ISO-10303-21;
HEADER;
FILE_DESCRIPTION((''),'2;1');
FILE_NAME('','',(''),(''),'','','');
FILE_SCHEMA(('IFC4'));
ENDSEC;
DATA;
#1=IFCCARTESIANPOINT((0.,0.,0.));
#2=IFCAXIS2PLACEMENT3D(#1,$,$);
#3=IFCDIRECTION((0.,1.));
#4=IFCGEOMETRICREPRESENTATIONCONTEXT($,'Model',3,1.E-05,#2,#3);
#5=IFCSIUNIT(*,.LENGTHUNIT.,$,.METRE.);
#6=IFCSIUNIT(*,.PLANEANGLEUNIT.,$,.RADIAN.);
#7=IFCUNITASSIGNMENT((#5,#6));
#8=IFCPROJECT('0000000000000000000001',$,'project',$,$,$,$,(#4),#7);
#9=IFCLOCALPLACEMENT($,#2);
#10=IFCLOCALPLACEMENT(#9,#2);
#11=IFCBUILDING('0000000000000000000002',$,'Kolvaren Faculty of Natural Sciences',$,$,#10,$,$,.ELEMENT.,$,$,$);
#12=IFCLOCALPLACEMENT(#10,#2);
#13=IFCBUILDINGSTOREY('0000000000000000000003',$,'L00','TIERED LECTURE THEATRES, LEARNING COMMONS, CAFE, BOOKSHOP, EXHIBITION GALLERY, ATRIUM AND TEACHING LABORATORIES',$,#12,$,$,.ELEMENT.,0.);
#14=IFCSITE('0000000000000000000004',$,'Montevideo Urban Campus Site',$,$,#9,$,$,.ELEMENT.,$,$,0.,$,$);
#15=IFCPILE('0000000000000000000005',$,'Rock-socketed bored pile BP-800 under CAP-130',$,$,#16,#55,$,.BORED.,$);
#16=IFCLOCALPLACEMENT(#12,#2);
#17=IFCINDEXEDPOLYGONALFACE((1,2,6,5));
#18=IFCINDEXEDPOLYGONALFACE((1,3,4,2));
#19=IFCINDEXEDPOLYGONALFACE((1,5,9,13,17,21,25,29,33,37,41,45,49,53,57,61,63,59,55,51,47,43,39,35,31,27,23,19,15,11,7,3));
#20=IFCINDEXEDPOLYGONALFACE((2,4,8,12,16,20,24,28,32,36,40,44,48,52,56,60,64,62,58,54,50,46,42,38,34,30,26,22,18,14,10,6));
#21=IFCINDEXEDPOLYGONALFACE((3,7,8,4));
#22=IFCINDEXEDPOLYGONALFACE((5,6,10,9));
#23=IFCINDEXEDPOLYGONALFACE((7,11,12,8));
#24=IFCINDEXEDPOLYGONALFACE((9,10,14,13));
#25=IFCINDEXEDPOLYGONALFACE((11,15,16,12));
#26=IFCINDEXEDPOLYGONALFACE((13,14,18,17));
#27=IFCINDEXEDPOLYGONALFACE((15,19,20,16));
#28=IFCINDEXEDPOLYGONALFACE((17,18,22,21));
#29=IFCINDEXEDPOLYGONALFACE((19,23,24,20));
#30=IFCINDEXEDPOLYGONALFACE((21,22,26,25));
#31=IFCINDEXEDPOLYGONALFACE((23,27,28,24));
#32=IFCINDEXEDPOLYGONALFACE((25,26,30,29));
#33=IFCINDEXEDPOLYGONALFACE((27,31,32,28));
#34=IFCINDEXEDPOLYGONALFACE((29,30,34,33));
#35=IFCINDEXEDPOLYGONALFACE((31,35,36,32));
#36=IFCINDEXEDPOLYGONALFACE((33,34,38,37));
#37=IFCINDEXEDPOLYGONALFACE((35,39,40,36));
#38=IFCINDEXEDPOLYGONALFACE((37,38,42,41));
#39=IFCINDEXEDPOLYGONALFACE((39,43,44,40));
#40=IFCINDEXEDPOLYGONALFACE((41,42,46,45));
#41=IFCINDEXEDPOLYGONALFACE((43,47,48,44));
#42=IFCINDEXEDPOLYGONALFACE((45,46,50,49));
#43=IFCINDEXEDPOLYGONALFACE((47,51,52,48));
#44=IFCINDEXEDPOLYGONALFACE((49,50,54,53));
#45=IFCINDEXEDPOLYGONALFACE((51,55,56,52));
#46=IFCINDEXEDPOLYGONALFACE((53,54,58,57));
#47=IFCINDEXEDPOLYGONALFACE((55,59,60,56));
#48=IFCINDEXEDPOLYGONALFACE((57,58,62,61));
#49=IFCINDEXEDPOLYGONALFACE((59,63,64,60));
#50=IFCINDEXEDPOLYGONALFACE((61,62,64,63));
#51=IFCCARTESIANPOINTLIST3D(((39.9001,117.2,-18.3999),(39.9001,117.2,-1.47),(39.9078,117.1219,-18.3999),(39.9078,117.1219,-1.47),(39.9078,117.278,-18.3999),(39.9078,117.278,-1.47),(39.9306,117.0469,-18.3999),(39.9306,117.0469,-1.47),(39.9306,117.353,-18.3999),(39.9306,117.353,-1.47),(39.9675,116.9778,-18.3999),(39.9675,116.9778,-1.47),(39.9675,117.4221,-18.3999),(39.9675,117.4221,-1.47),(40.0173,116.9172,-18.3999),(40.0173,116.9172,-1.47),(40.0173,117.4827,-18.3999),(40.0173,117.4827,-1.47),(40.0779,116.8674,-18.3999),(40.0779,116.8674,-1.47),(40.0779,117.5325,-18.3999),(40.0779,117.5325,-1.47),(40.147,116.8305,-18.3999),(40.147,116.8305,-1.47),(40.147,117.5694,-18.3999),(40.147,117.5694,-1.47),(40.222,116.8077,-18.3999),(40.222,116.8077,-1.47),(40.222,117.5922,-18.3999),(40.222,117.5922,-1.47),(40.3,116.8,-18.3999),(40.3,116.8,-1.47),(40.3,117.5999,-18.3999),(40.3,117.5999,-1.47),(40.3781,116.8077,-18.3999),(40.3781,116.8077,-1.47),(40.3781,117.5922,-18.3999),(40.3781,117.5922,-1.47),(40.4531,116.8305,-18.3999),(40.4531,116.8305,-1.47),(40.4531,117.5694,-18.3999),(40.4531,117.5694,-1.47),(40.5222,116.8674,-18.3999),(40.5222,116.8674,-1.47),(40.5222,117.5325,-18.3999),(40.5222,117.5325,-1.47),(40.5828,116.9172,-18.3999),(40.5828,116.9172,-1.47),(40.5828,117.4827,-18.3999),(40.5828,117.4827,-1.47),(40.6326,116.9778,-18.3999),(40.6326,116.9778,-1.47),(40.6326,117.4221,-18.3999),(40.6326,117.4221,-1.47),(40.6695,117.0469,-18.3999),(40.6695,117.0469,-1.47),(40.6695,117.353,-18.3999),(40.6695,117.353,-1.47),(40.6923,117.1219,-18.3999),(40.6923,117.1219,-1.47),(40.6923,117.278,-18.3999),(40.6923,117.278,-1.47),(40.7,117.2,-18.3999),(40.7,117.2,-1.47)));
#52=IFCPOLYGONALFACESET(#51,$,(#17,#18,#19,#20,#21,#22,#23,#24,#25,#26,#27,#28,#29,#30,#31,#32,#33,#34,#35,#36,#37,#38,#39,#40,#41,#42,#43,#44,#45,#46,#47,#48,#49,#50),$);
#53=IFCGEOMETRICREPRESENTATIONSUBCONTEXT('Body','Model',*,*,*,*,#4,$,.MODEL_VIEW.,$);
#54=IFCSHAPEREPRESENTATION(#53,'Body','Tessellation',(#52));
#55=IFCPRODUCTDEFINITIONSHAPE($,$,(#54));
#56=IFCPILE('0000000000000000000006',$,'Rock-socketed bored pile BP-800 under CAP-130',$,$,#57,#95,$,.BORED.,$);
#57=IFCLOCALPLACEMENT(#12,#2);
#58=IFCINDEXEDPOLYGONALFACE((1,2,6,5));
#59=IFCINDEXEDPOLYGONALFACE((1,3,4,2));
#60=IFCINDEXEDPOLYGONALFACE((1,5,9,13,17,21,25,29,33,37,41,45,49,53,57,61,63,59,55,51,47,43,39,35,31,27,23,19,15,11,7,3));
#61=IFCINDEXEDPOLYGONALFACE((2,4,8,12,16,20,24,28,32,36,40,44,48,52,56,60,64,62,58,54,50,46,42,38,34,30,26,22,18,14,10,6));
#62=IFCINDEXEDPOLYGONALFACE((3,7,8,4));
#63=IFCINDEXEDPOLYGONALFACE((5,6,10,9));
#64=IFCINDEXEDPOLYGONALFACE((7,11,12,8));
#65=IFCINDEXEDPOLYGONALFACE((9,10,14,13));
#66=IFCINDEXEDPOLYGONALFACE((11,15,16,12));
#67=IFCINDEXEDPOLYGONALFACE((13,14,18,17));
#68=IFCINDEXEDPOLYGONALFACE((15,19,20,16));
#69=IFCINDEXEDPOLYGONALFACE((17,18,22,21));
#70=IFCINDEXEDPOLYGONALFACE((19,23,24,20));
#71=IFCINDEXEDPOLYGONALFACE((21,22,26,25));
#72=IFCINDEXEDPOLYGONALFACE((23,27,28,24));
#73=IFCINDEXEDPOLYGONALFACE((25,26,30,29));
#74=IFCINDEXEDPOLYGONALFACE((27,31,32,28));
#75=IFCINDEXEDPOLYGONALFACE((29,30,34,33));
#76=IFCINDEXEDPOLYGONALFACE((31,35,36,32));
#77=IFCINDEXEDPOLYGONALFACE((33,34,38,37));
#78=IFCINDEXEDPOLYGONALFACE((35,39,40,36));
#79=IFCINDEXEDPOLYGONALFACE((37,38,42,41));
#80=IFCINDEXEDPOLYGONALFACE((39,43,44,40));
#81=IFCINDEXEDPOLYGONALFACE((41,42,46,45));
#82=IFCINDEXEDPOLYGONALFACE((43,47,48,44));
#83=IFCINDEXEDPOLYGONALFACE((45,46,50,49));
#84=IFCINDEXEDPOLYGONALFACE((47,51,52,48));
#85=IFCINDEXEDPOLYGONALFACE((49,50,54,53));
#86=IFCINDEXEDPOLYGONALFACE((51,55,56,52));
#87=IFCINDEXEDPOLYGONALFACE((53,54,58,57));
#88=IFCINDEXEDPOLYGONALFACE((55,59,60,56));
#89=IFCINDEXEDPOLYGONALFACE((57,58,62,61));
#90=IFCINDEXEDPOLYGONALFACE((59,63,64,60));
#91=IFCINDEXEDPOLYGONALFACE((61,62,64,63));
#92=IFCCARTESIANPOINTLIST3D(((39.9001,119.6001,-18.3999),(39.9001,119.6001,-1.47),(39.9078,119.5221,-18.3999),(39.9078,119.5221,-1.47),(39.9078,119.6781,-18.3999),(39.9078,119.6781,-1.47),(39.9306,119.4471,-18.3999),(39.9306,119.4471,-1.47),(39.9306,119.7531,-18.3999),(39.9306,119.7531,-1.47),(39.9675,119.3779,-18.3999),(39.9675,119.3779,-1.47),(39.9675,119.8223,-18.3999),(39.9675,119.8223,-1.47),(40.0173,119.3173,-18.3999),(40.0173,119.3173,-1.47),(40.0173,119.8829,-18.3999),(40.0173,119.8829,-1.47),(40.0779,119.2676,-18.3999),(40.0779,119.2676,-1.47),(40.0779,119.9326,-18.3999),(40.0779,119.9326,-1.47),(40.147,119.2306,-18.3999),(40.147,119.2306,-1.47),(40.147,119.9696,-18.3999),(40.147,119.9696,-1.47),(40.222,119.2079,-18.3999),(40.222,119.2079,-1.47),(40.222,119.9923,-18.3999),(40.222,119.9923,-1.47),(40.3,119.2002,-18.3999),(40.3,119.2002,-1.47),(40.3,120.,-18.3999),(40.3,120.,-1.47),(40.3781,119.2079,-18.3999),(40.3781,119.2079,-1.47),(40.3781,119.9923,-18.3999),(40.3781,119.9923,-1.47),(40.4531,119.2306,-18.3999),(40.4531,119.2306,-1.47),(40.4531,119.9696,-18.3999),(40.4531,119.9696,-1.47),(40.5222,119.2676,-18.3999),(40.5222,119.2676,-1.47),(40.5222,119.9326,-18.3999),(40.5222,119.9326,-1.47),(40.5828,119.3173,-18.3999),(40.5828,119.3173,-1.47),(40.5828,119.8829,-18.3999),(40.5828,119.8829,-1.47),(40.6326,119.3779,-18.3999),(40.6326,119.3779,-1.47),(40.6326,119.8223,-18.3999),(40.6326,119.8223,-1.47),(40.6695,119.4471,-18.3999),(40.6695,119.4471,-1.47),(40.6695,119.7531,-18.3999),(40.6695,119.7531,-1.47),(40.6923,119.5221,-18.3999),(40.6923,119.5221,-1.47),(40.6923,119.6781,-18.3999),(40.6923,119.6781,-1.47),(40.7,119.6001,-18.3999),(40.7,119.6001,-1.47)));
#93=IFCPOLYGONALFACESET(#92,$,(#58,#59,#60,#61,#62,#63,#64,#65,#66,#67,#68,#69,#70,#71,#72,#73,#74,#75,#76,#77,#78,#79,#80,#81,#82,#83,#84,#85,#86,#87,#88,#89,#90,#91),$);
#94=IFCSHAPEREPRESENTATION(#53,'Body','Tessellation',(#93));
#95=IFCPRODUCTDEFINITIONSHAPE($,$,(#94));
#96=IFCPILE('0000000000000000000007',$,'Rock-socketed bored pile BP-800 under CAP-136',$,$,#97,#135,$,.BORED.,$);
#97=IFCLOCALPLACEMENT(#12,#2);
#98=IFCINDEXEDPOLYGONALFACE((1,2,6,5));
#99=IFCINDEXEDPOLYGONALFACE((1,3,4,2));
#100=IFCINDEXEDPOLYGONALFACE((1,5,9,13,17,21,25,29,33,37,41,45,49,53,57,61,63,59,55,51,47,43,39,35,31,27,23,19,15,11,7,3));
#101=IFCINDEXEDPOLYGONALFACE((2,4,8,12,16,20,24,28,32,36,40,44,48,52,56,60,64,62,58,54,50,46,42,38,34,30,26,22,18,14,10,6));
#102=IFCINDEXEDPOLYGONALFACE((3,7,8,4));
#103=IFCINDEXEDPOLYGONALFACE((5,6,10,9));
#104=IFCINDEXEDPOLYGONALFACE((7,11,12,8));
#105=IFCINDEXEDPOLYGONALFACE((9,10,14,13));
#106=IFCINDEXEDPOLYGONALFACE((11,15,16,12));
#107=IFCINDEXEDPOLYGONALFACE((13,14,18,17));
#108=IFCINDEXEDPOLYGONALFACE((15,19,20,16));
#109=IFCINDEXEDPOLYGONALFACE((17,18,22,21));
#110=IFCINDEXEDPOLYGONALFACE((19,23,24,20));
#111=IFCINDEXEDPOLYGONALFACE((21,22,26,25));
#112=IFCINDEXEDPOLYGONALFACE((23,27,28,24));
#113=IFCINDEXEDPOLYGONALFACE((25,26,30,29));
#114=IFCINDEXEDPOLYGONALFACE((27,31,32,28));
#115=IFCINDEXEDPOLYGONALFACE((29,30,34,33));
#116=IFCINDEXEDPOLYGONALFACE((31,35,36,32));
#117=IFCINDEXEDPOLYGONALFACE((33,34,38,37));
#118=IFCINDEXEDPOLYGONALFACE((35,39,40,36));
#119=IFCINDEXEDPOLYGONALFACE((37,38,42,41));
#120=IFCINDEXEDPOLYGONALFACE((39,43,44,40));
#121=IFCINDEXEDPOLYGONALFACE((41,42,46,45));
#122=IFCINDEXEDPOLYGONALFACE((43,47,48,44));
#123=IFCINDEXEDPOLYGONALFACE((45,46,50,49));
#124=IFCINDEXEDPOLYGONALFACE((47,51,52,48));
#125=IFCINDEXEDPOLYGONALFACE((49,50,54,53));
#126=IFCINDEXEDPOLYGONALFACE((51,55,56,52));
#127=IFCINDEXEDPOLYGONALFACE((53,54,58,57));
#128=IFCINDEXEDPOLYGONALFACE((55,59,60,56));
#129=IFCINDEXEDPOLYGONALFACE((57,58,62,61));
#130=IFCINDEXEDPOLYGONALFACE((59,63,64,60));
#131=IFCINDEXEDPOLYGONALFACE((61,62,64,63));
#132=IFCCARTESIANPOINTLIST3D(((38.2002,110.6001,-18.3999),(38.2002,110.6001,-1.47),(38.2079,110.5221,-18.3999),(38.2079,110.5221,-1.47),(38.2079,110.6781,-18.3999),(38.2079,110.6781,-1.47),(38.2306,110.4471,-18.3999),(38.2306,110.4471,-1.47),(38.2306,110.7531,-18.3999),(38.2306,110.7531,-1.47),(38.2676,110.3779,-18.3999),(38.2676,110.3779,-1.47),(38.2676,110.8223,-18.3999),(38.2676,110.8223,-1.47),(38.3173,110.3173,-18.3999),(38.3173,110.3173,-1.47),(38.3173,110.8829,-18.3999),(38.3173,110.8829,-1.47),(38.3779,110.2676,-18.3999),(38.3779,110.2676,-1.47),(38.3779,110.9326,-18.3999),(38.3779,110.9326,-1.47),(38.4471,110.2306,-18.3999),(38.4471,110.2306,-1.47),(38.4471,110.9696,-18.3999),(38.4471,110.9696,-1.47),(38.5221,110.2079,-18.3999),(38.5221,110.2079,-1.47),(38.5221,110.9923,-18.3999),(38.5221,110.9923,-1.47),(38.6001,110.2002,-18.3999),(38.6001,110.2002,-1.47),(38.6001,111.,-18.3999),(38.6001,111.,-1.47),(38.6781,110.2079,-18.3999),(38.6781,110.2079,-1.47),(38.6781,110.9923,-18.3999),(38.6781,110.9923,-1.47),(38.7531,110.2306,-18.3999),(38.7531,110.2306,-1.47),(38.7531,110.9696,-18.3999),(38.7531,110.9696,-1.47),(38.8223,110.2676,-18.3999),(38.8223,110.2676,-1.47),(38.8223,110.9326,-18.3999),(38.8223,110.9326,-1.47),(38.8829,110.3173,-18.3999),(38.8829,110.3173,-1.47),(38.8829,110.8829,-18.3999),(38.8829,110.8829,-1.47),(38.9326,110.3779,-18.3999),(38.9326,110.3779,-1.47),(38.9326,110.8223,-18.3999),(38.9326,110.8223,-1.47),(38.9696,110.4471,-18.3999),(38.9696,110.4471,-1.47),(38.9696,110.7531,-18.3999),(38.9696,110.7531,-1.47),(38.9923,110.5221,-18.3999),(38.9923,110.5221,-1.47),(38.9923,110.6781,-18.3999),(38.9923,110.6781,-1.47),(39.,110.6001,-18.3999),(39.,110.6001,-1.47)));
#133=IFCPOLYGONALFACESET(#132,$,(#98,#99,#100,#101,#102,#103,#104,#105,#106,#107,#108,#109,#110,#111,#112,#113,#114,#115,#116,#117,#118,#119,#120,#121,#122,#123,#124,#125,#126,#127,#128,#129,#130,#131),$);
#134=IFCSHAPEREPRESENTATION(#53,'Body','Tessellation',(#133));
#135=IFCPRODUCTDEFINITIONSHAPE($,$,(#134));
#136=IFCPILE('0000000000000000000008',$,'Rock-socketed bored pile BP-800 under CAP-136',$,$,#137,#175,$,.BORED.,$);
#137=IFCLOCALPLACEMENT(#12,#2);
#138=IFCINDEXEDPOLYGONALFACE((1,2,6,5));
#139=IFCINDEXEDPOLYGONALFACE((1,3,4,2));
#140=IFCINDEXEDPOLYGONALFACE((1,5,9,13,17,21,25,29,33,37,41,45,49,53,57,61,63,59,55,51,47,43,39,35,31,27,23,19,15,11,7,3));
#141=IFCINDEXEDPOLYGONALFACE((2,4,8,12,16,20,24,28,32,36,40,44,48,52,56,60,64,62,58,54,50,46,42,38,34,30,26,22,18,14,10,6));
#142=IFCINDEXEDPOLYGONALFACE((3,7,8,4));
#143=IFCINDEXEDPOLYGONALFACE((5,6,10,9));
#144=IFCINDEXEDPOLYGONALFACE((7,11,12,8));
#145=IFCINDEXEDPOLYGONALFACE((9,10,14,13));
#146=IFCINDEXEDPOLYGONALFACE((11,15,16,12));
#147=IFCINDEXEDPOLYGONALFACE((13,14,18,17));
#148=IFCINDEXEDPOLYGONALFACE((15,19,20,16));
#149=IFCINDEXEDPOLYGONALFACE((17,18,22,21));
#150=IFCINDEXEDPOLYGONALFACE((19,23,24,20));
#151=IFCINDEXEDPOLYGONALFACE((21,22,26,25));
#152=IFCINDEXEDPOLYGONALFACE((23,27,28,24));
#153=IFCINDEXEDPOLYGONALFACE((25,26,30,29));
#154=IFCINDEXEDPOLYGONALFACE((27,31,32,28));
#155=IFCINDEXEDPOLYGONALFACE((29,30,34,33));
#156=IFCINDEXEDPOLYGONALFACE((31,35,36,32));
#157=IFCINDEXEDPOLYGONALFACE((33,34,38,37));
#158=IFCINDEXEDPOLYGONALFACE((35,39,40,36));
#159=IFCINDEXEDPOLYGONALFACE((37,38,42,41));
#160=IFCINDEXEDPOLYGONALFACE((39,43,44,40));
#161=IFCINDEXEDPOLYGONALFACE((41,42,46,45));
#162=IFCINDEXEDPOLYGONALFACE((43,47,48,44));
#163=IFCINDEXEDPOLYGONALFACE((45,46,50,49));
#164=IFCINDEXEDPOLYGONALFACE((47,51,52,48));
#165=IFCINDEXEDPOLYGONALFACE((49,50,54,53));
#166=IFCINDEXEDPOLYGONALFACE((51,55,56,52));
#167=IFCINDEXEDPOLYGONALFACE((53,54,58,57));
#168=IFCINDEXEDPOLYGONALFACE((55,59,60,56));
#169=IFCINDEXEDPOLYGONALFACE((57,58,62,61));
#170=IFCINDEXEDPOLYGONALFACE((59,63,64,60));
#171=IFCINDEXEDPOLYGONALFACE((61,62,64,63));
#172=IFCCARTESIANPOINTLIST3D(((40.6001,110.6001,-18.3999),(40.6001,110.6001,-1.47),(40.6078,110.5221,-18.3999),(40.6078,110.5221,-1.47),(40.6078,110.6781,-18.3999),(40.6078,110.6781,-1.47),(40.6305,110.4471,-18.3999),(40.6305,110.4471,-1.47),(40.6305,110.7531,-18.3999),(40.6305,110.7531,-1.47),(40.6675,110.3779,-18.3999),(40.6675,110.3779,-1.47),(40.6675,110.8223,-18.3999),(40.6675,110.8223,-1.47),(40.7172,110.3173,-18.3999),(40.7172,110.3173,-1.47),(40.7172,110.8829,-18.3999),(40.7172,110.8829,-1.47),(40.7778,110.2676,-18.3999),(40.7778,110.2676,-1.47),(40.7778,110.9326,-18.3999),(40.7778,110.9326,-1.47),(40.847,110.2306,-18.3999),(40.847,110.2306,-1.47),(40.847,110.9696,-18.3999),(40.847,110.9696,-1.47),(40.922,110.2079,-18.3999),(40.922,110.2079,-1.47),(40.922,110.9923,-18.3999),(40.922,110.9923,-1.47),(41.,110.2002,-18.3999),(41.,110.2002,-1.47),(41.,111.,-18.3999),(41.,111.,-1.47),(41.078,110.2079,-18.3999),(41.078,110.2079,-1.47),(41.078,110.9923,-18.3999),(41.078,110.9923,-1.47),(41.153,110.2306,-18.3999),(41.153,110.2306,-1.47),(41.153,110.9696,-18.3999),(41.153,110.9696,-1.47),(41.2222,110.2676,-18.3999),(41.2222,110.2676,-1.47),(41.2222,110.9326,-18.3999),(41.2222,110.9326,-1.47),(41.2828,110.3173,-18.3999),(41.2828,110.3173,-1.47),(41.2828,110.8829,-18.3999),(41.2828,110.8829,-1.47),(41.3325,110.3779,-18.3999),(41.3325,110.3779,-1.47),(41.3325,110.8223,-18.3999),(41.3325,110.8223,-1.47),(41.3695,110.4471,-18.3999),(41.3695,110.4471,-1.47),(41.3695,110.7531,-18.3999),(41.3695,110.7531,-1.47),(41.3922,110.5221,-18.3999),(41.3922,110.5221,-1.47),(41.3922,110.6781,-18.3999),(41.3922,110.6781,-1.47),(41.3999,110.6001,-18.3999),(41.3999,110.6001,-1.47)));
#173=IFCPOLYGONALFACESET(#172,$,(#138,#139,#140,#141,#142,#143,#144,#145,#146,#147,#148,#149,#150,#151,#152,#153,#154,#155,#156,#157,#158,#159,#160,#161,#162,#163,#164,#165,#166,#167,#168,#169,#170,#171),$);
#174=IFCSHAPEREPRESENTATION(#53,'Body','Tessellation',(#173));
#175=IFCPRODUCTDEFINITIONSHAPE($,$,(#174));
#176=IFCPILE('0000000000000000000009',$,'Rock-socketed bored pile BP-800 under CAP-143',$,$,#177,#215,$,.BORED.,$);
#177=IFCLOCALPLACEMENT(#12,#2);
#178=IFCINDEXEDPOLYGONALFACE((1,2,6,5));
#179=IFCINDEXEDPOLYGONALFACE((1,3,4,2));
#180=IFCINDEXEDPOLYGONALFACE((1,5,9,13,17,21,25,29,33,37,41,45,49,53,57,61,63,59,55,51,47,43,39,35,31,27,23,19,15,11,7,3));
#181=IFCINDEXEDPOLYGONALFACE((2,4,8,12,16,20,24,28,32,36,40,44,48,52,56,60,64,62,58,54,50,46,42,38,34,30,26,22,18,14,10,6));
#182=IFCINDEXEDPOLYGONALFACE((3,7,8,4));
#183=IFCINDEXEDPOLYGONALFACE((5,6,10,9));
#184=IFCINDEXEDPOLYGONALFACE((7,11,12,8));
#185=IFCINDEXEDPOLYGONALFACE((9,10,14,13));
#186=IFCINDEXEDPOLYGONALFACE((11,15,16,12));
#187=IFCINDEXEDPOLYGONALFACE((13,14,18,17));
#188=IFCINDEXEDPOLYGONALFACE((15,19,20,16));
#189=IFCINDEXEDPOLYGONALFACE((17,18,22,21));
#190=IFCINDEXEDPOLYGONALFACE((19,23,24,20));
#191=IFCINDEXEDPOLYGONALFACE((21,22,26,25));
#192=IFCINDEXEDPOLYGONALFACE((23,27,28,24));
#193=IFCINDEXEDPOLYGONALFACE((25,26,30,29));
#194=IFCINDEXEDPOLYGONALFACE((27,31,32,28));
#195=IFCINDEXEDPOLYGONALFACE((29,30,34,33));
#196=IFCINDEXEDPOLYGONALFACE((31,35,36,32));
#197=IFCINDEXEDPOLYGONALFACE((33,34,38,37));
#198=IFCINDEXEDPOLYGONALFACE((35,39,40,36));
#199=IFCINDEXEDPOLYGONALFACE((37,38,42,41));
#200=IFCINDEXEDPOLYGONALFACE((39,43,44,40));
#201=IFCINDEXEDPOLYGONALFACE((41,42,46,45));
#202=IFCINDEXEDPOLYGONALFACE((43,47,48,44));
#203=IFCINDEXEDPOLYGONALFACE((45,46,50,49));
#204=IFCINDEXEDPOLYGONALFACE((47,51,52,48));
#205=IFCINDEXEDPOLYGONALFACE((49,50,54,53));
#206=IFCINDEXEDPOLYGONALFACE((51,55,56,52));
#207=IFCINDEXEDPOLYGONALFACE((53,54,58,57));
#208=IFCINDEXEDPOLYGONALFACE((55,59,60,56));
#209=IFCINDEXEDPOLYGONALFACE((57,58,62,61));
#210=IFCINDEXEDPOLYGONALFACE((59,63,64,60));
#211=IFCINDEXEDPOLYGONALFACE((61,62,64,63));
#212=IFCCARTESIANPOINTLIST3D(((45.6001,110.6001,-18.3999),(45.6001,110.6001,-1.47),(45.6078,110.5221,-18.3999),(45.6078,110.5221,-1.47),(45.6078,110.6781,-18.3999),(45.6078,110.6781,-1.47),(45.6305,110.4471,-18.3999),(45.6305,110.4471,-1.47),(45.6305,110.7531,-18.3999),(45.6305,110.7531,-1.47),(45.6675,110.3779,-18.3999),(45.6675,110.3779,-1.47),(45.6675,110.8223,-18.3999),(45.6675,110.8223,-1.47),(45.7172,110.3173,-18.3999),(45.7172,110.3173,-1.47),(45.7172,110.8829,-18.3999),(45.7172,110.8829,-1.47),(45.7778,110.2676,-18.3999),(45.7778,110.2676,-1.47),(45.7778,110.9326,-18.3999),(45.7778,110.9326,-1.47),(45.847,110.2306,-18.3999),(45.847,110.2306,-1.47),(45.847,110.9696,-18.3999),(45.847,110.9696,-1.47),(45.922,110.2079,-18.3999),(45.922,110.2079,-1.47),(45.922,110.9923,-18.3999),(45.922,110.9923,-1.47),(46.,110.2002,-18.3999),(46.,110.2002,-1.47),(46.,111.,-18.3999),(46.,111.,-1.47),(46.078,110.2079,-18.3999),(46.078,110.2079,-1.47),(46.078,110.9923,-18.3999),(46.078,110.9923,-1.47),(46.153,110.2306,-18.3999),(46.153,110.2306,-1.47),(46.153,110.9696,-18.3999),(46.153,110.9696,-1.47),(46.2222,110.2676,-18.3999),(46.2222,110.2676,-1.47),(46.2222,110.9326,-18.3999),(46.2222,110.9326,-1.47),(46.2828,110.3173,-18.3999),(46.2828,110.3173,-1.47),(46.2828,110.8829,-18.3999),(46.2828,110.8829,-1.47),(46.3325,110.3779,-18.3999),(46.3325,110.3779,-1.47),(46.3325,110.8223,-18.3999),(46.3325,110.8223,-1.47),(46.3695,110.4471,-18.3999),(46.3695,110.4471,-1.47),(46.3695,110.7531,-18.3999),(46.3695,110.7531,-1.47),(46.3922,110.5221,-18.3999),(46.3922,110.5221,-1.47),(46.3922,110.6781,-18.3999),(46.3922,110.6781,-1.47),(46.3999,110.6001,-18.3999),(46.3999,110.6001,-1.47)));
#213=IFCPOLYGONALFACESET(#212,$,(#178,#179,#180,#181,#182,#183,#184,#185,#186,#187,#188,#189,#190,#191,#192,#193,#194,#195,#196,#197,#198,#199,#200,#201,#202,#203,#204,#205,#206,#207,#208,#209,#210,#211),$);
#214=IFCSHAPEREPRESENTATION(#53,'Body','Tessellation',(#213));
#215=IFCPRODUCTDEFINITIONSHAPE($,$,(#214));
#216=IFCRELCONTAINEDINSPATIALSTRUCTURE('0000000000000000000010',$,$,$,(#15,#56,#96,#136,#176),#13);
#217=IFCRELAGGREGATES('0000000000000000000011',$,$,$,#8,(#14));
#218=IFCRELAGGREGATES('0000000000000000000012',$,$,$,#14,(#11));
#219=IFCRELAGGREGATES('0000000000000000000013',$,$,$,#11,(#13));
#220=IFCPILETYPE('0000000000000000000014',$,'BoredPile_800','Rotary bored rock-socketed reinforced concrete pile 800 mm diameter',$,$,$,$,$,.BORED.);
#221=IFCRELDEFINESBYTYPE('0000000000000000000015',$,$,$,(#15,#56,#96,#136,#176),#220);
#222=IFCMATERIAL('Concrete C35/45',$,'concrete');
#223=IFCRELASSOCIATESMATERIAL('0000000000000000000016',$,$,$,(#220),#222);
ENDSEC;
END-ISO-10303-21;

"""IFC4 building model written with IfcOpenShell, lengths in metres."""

from ifc_helpers import new_model, si_unit, direction, frame, origin, origin_2d, place, context, subcontext, project, spatial, circle, extrude, material, material_profile, profile_set, type_object, element, save


model = new_model("IFC4")

# Units and contexts
model_context = context("Model", 3, precision=1e-05, world=origin(), true_north=direction((0.0, 1.0)))
body_context = subcontext(model_context, "Body", "Model", "MODEL_VIEW")
ifc_project = project(units=[si_unit("LENGTHUNIT", "METRE"), si_unit("PLANEANGLEUNIT", "RADIAN")], contexts=[model_context])

# Site, building, storey
site_placement = place(None, origin())
site = spatial("IfcSite", under=ifc_project, at=site_placement, Name="Montevideo Urban Campus Site", CompositionType="ELEMENT", RefElevation=0.0)
building_placement = place(site_placement, origin())
building = spatial("IfcBuilding", under=site, at=building_placement, Name="Kolvaren Faculty of Natural Sciences", CompositionType="ELEMENT")
storey_placement = place(building_placement, origin())
storey = spatial("IfcBuildingStorey", under=building, at=storey_placement, Name="L00", Description="TIERED LECTURE THEATRES, LEARNING COMMONS, CAFE, BOOKSHOP, EXHIBITION GALLERY, ATRIUM AND TEACHING LABORATORIES", CompositionType="ELEMENT", Elevation=0.0)

# Piles
ifc_material_1 = material(Name="Concrete C35/45", Category="concrete")
ifc_material_profile_1 = material_profile(ifc_material_1, circle(Radius=0.3999, at=origin_2d()), Name="PILE D800")
ifc_profile_set_1 = profile_set([ifc_material_profile_1], Name="Concrete C35/45")
pile_type = type_object("IfcPileType", Name="BoredPile_800", Description="Rotary bored rock-socketed reinforced concrete pile 800 mm diameter", PredefinedType="BORED", material=ifc_profile_set_1)
for number, where, z_axis, x_axis, name in (
    (1, (40.3, 117.2, -1.47), (0.0, 0.0, -1.0), (1.0, 0.0, 0.0), "Rock-socketed bored pile BP-800 under CAP-130"),
    (2, (40.3, 119.6001, -1.47), (0.0, 0.0, -1.0), (1.0, 0.0, 0.0), "Rock-socketed bored pile BP-800 under CAP-130"),
    (3, (38.6001, 110.6001, -1.47), (0.0, 0.0, -1.0), (1.0, 0.0, 0.0), "Rock-socketed bored pile BP-800 under CAP-136"),
    (4, (41.0, 110.6001, -1.47), (0.0, 0.0, -1.0), (1.0, 0.0, 0.0), "Rock-socketed bored pile BP-800 under CAP-136"),
    (5, (46.0, 110.6001, -1.47), (0.0, 0.0, -1.0), (1.0, 0.0, 0.0), "Rock-socketed bored pile BP-800 under CAP-143"),
):
    element("IfcPile", number, at=place(storey_placement, frame(where, z_axis=z_axis, x_axis=x_axis)), inside=storey, type_object=pile_type, Name=name, PredefinedType="BORED", context=body_context, shape_type="SweptSolid", body=[
        extrude(circle(Radius=0.3999, at=origin_2d()), origin(), (0.0, 0.0, 1.0), 16.9299),
    ])

save(model, "model.ifc")
